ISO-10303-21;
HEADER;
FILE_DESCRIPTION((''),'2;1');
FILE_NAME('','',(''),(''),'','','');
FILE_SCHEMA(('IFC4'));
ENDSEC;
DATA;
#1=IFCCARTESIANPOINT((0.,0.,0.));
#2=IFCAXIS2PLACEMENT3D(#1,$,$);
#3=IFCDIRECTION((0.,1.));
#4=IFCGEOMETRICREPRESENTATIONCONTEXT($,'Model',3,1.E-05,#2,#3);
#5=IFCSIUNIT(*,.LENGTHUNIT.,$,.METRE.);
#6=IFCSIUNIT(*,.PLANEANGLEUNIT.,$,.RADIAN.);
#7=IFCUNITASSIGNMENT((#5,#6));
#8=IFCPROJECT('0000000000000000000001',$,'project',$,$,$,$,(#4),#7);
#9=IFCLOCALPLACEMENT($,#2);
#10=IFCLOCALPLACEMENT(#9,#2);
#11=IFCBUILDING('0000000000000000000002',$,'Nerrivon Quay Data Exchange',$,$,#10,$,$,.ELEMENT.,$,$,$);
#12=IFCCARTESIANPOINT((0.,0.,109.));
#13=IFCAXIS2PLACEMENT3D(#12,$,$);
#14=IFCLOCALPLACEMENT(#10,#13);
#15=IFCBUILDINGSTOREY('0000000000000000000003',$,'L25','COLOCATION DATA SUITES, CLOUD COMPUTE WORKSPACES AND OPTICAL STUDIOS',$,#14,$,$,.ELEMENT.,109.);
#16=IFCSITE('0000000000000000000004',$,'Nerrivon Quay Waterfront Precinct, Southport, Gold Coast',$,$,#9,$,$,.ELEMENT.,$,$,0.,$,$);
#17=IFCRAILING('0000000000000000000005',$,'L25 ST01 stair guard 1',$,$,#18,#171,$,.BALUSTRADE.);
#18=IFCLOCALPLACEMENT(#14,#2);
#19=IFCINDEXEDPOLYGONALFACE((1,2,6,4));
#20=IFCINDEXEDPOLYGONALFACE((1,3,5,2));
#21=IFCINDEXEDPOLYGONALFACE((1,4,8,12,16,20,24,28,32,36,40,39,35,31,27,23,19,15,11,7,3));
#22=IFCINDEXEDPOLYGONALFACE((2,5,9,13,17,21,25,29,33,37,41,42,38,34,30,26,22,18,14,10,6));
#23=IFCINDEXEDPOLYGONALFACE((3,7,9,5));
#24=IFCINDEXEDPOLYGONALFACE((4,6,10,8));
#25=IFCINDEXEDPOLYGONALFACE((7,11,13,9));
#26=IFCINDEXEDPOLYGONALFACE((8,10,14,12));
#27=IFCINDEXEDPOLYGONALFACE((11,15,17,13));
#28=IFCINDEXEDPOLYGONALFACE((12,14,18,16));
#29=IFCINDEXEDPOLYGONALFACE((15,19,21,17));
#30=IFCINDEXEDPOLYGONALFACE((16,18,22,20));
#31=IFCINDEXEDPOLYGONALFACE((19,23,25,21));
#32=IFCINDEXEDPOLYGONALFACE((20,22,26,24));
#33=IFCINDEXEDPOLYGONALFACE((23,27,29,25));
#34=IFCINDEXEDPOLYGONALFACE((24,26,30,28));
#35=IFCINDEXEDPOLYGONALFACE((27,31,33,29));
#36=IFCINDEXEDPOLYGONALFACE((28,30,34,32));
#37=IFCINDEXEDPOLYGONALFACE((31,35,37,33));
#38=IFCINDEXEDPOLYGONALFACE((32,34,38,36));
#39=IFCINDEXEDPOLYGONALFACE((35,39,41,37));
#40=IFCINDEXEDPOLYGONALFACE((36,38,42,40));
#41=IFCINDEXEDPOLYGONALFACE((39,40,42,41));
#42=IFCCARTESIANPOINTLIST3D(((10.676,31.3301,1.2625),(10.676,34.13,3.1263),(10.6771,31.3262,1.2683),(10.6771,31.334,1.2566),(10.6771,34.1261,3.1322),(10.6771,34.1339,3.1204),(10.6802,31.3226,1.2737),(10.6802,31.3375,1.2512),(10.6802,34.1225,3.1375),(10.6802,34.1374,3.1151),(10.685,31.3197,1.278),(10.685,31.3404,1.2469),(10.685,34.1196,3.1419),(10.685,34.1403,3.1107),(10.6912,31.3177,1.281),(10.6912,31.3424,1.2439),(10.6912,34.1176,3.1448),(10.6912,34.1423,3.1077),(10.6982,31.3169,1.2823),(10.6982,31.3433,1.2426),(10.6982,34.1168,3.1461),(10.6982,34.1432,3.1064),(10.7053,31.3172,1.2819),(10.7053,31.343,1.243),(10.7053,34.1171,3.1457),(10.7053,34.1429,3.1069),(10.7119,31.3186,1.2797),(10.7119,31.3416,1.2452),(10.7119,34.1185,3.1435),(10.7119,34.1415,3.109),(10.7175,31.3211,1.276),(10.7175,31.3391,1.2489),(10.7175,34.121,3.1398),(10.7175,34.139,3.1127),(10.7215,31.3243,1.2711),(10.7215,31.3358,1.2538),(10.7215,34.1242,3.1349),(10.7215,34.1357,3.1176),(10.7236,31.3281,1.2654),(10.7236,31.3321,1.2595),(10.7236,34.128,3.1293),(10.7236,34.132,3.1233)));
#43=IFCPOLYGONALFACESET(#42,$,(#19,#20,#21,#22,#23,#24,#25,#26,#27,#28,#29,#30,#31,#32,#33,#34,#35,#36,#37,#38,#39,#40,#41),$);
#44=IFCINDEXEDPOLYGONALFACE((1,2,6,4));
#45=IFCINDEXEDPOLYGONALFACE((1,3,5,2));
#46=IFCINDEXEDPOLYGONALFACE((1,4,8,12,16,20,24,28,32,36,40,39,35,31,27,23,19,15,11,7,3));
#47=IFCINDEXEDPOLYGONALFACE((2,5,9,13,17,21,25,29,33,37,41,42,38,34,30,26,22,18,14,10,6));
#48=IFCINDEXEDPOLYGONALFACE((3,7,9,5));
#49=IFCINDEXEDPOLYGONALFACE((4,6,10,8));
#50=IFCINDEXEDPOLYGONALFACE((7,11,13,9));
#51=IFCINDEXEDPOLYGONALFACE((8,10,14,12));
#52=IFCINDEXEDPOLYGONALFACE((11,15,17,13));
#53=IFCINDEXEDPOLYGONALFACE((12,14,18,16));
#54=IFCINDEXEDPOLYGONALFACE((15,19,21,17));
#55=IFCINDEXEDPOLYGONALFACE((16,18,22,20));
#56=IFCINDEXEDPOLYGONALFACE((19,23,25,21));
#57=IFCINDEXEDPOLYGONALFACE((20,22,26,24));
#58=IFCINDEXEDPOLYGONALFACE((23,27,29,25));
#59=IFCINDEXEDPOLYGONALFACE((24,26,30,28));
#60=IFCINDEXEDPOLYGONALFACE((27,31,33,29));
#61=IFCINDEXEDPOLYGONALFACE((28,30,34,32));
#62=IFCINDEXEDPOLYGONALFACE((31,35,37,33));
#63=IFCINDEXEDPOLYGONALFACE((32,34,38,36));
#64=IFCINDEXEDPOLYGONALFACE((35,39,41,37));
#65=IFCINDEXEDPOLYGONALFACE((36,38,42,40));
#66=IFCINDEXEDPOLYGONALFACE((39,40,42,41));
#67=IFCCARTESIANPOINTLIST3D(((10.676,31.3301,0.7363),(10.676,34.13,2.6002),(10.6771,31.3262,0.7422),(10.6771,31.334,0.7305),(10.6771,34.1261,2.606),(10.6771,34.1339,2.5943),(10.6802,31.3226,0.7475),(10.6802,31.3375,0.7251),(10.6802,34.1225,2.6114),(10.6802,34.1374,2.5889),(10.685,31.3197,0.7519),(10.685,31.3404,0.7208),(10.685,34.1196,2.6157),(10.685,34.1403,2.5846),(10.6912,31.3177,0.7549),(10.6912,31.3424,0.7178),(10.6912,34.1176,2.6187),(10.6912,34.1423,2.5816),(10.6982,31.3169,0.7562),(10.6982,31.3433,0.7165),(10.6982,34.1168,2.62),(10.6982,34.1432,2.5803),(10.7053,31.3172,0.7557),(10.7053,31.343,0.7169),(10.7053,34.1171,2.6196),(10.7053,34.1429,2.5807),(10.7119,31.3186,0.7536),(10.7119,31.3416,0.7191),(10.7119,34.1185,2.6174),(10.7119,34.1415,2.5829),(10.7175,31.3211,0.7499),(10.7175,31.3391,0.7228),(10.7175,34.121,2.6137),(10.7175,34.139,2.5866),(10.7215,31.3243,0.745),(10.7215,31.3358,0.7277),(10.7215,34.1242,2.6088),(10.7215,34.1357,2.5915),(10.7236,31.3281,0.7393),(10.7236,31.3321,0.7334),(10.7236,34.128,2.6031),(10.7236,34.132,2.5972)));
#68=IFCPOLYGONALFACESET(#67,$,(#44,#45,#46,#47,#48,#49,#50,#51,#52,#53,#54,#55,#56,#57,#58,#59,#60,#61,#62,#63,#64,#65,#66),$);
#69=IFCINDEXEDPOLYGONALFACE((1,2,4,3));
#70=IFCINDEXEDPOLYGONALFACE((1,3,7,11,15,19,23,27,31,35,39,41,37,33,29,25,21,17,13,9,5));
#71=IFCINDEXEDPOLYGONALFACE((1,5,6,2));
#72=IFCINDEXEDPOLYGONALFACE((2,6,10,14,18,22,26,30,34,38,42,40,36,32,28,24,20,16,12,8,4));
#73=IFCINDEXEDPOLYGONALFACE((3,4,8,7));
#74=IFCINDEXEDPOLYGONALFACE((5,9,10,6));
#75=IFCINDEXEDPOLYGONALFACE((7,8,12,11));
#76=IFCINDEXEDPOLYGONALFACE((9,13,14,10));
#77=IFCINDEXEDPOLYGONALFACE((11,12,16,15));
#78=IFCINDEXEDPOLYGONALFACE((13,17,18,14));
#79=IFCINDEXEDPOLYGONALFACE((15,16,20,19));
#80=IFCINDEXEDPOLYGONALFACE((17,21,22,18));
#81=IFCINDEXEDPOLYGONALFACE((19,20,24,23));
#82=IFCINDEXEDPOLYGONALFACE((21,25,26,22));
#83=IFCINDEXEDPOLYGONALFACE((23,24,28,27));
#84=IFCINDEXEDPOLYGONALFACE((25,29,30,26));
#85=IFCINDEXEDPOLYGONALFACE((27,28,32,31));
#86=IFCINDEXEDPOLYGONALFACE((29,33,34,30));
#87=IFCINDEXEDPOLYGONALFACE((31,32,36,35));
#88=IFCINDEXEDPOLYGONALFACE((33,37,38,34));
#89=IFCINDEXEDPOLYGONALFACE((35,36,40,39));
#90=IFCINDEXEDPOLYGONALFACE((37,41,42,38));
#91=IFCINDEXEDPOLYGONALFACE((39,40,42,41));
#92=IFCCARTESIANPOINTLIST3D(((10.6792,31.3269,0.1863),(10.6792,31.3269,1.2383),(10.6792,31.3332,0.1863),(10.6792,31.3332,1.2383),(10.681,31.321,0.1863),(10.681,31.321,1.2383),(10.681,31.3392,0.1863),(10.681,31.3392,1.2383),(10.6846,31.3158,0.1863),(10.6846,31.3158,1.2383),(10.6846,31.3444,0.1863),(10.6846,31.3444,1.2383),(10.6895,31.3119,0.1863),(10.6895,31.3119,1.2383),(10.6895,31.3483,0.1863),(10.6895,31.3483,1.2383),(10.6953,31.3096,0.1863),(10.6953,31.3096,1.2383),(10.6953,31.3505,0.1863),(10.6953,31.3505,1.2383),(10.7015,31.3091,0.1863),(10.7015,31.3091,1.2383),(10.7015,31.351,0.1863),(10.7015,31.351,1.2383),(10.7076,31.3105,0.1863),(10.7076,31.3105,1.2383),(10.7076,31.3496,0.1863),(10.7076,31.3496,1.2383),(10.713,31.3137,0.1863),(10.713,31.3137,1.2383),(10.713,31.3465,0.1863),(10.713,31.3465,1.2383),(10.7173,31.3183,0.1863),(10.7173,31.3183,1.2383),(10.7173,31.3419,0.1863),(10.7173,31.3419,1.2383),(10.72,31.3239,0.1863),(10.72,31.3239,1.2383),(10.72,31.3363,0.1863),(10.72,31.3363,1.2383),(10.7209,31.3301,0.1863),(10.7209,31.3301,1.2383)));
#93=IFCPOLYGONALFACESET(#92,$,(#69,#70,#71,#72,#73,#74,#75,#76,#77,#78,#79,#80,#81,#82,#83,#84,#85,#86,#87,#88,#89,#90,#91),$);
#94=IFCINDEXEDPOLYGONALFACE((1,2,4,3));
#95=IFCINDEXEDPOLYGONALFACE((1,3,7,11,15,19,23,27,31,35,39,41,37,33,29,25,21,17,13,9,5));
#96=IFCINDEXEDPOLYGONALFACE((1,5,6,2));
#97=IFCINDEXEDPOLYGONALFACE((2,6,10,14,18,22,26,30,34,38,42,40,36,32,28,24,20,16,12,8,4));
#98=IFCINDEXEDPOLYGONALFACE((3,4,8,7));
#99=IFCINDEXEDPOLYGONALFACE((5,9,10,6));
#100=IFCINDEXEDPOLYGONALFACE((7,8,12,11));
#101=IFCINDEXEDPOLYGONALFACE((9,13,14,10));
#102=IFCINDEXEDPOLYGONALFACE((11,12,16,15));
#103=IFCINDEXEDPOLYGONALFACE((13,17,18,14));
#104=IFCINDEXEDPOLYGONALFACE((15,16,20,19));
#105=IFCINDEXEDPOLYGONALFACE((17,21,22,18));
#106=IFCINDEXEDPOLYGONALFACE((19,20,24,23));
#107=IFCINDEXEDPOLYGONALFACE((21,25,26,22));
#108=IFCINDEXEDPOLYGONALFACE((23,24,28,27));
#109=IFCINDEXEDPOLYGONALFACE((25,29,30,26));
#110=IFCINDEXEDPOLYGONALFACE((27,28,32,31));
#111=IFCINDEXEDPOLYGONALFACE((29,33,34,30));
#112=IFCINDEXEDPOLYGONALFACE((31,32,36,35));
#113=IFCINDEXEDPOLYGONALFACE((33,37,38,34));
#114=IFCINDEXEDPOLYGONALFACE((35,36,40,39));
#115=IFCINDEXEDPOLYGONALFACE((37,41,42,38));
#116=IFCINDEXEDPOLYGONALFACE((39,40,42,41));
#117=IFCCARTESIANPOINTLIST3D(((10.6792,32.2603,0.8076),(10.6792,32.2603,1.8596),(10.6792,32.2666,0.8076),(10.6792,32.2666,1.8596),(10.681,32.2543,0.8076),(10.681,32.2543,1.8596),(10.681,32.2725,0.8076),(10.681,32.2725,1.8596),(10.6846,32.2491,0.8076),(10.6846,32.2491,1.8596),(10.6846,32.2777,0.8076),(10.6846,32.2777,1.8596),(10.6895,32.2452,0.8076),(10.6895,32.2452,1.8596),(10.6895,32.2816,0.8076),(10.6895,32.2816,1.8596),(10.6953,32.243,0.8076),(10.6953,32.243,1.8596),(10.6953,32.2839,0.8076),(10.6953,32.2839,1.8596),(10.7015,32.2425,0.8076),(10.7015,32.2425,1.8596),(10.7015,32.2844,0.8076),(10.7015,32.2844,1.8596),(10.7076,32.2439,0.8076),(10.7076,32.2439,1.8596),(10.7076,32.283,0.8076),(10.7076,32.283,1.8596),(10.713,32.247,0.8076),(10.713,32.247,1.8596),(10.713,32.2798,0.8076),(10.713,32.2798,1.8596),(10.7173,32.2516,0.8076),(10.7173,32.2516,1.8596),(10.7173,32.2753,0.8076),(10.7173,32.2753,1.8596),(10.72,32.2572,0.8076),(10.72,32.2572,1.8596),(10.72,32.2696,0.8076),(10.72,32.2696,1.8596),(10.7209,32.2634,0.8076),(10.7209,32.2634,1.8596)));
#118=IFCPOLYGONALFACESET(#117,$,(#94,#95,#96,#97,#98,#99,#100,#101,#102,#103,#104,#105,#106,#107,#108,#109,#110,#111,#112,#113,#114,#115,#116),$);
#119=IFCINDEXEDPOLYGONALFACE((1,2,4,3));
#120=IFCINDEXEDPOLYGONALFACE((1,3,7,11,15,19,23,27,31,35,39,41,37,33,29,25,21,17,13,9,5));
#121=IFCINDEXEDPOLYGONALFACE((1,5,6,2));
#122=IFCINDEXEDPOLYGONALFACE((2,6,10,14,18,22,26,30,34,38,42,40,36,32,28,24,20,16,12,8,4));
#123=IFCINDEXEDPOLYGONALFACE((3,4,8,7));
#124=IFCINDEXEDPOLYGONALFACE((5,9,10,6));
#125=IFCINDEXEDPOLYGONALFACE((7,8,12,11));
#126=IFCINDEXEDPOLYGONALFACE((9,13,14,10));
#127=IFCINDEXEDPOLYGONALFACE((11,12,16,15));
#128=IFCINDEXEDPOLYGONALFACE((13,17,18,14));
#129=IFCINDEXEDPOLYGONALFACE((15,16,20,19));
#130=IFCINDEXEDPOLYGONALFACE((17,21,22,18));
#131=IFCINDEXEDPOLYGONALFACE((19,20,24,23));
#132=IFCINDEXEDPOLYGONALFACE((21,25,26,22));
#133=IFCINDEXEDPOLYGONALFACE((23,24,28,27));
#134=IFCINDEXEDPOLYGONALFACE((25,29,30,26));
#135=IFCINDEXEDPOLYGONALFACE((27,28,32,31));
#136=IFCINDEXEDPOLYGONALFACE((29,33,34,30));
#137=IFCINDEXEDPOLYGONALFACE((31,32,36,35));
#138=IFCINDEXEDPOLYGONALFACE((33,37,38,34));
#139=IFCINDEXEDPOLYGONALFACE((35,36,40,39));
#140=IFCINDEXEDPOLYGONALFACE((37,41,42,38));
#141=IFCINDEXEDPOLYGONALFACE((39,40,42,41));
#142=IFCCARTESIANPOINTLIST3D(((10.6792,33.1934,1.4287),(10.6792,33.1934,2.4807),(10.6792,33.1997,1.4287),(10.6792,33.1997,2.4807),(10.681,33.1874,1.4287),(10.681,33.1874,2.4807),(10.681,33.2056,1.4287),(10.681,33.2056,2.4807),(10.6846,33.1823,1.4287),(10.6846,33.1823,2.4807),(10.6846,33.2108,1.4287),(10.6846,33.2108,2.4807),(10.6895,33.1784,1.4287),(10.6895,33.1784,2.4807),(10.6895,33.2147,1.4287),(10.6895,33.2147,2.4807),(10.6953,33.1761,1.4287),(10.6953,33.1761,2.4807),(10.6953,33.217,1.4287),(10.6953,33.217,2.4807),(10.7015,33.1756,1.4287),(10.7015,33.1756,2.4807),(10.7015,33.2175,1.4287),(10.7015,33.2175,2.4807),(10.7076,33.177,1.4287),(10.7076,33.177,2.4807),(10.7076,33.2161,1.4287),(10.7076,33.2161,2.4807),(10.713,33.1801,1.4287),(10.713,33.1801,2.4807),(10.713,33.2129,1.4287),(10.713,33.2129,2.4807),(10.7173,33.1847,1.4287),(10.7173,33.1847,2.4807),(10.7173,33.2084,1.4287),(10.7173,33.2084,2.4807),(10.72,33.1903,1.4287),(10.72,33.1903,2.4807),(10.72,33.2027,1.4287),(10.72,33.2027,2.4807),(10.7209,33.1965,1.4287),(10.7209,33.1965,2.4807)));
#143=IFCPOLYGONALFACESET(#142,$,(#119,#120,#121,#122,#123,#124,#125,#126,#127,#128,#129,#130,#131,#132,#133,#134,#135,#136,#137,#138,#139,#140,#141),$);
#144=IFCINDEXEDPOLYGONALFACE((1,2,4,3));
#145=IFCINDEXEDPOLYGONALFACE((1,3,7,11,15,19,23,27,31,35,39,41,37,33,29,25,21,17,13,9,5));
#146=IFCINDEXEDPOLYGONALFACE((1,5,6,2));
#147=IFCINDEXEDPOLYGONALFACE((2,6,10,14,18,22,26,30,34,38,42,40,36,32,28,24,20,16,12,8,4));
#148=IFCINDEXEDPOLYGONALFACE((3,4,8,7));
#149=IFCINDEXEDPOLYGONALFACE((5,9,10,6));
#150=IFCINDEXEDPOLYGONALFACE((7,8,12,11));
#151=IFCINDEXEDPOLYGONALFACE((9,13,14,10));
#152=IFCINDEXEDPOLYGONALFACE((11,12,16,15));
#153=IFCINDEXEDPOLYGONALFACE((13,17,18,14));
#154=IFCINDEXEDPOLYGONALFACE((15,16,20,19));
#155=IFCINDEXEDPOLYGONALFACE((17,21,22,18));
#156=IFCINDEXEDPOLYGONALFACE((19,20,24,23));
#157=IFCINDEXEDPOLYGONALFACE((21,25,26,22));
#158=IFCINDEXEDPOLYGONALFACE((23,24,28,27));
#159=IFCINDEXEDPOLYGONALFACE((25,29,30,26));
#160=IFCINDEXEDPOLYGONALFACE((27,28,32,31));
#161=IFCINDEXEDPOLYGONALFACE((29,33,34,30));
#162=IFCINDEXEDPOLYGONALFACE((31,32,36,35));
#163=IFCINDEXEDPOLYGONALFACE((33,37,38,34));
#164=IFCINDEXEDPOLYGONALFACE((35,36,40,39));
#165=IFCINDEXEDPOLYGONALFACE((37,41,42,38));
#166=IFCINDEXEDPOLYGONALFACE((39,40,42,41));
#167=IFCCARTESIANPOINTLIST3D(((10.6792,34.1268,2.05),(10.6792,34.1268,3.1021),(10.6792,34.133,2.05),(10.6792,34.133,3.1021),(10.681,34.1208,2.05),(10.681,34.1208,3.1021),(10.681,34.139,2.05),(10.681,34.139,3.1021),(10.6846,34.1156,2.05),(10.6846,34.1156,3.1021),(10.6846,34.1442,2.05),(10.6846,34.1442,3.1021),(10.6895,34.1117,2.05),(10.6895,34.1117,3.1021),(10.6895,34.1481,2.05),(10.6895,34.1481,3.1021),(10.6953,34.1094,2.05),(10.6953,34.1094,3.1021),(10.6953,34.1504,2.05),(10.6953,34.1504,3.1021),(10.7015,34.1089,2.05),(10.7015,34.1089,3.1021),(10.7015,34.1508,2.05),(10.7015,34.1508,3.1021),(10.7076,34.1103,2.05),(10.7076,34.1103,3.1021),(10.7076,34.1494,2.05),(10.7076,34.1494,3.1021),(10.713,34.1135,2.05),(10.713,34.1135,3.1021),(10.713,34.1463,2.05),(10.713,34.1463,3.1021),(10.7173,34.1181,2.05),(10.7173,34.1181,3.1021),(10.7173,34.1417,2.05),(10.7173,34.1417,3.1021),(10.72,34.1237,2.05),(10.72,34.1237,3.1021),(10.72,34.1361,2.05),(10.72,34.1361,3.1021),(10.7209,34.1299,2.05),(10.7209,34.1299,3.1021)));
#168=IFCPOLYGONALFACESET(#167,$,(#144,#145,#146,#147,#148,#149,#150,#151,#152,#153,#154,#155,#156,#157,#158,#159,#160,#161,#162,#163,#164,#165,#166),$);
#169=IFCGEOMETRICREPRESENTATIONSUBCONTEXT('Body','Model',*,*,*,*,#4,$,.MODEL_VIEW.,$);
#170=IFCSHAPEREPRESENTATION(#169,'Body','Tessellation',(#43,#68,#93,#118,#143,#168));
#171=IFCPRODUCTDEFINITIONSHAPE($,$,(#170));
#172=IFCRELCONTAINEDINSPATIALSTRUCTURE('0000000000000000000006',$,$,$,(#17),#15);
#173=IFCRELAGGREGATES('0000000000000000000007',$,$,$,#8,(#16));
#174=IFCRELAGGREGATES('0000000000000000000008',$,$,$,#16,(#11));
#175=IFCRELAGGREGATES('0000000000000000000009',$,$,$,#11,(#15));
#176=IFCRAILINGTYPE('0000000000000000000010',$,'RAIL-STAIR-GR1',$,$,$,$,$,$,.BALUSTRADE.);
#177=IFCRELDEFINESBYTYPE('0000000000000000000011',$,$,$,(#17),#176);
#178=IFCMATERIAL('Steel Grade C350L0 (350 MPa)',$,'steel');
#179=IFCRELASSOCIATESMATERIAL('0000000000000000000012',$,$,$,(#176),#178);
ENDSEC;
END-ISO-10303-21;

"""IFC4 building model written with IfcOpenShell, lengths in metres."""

from ifc_helpers import new_model, si_unit, direction, frame, origin, origin_2d, place, context, subcontext, project, spatial, circle, extrude, material, type_object, element, save


model = new_model("IFC4")

# Units and contexts
model_context = context("Model", 3, precision=1e-05, world=origin(), true_north=direction((0.0, 1.0)))
body_context = subcontext(model_context, "Body", "Model", "MODEL_VIEW")
ifc_project = project(units=[si_unit("LENGTHUNIT", "METRE"), si_unit("PLANEANGLEUNIT", "RADIAN")], contexts=[model_context])

# Site, building, storey
site_placement = place(None, origin())
site = spatial("IfcSite", under=ifc_project, at=site_placement, Name="Nerrivon Quay Waterfront Precinct, Southport, Gold Coast", CompositionType="ELEMENT", RefElevation=0.0)
building_placement = place(site_placement, origin())
building = spatial("IfcBuilding", under=site, at=building_placement, Name="Nerrivon Quay Data Exchange", CompositionType="ELEMENT")
storey_placement = place(building_placement, frame((0.0, 0.0, 109.0)))
storey = spatial("IfcBuildingStorey", under=building, at=storey_placement, Name="L25", Description="COLOCATION DATA SUITES, CLOUD COMPUTE WORKSPACES AND OPTICAL STUDIOS", CompositionType="ELEMENT", Elevation=109.0)

# Railing
ifc_material_1 = material(Name="Steel Grade C350L0 (350 MPa)", Category="steel")
railing_type_1 = type_object("IfcRailingType", Name="RAIL-STAIR-GR1", PredefinedType="BALUSTRADE", material=ifc_material_1)
railing_1_placement = place(storey_placement, frame((10.7, 31.3301, 0.1863)))
element("IfcRailing", 1, at=railing_1_placement, inside=storey, type_object=railing_type_1, Name="L25 ST01 stair guard 1", PredefinedType="BALUSTRADE", context=body_context, shape_type="SweptSolid", body=[
    extrude(circle(Radius=0.0239, at=origin_2d()), frame((0.0, 0.0, 1.0762), z_axis=(0.0, 0.83243, 0.554131), x_axis=(-1.0, 0.0, 0.0)), (0.0, 0.0, 1.0), 3.3635),
    extrude(circle(Radius=0.0239, at=origin_2d()), frame((0.0, 0.0, 0.55), z_axis=(0.0, 0.83243, 0.554131), x_axis=(-1.0, 0.0, 0.0)), (0.0, 0.0, 1.0), 3.3635),
    extrude(circle(Radius=0.021, at=origin_2d()), origin(), (0.0, 0.0, 1.0), 1.052),
    extrude(circle(Radius=0.021, at=origin_2d()), frame((0.0, 0.9333, 0.6213)), (0.0, 0.0, 1.0), 1.052),
    extrude(circle(Radius=0.021, at=origin_2d()), frame((0.0, 1.8665, 1.2424)), (0.0, 0.0, 1.0), 1.052),
    extrude(circle(Radius=0.021, at=origin_2d()), frame((0.0, 2.7998, 1.8638)), (0.0, 0.0, 1.0), 1.052),
])

save(model, "model.ifc")
